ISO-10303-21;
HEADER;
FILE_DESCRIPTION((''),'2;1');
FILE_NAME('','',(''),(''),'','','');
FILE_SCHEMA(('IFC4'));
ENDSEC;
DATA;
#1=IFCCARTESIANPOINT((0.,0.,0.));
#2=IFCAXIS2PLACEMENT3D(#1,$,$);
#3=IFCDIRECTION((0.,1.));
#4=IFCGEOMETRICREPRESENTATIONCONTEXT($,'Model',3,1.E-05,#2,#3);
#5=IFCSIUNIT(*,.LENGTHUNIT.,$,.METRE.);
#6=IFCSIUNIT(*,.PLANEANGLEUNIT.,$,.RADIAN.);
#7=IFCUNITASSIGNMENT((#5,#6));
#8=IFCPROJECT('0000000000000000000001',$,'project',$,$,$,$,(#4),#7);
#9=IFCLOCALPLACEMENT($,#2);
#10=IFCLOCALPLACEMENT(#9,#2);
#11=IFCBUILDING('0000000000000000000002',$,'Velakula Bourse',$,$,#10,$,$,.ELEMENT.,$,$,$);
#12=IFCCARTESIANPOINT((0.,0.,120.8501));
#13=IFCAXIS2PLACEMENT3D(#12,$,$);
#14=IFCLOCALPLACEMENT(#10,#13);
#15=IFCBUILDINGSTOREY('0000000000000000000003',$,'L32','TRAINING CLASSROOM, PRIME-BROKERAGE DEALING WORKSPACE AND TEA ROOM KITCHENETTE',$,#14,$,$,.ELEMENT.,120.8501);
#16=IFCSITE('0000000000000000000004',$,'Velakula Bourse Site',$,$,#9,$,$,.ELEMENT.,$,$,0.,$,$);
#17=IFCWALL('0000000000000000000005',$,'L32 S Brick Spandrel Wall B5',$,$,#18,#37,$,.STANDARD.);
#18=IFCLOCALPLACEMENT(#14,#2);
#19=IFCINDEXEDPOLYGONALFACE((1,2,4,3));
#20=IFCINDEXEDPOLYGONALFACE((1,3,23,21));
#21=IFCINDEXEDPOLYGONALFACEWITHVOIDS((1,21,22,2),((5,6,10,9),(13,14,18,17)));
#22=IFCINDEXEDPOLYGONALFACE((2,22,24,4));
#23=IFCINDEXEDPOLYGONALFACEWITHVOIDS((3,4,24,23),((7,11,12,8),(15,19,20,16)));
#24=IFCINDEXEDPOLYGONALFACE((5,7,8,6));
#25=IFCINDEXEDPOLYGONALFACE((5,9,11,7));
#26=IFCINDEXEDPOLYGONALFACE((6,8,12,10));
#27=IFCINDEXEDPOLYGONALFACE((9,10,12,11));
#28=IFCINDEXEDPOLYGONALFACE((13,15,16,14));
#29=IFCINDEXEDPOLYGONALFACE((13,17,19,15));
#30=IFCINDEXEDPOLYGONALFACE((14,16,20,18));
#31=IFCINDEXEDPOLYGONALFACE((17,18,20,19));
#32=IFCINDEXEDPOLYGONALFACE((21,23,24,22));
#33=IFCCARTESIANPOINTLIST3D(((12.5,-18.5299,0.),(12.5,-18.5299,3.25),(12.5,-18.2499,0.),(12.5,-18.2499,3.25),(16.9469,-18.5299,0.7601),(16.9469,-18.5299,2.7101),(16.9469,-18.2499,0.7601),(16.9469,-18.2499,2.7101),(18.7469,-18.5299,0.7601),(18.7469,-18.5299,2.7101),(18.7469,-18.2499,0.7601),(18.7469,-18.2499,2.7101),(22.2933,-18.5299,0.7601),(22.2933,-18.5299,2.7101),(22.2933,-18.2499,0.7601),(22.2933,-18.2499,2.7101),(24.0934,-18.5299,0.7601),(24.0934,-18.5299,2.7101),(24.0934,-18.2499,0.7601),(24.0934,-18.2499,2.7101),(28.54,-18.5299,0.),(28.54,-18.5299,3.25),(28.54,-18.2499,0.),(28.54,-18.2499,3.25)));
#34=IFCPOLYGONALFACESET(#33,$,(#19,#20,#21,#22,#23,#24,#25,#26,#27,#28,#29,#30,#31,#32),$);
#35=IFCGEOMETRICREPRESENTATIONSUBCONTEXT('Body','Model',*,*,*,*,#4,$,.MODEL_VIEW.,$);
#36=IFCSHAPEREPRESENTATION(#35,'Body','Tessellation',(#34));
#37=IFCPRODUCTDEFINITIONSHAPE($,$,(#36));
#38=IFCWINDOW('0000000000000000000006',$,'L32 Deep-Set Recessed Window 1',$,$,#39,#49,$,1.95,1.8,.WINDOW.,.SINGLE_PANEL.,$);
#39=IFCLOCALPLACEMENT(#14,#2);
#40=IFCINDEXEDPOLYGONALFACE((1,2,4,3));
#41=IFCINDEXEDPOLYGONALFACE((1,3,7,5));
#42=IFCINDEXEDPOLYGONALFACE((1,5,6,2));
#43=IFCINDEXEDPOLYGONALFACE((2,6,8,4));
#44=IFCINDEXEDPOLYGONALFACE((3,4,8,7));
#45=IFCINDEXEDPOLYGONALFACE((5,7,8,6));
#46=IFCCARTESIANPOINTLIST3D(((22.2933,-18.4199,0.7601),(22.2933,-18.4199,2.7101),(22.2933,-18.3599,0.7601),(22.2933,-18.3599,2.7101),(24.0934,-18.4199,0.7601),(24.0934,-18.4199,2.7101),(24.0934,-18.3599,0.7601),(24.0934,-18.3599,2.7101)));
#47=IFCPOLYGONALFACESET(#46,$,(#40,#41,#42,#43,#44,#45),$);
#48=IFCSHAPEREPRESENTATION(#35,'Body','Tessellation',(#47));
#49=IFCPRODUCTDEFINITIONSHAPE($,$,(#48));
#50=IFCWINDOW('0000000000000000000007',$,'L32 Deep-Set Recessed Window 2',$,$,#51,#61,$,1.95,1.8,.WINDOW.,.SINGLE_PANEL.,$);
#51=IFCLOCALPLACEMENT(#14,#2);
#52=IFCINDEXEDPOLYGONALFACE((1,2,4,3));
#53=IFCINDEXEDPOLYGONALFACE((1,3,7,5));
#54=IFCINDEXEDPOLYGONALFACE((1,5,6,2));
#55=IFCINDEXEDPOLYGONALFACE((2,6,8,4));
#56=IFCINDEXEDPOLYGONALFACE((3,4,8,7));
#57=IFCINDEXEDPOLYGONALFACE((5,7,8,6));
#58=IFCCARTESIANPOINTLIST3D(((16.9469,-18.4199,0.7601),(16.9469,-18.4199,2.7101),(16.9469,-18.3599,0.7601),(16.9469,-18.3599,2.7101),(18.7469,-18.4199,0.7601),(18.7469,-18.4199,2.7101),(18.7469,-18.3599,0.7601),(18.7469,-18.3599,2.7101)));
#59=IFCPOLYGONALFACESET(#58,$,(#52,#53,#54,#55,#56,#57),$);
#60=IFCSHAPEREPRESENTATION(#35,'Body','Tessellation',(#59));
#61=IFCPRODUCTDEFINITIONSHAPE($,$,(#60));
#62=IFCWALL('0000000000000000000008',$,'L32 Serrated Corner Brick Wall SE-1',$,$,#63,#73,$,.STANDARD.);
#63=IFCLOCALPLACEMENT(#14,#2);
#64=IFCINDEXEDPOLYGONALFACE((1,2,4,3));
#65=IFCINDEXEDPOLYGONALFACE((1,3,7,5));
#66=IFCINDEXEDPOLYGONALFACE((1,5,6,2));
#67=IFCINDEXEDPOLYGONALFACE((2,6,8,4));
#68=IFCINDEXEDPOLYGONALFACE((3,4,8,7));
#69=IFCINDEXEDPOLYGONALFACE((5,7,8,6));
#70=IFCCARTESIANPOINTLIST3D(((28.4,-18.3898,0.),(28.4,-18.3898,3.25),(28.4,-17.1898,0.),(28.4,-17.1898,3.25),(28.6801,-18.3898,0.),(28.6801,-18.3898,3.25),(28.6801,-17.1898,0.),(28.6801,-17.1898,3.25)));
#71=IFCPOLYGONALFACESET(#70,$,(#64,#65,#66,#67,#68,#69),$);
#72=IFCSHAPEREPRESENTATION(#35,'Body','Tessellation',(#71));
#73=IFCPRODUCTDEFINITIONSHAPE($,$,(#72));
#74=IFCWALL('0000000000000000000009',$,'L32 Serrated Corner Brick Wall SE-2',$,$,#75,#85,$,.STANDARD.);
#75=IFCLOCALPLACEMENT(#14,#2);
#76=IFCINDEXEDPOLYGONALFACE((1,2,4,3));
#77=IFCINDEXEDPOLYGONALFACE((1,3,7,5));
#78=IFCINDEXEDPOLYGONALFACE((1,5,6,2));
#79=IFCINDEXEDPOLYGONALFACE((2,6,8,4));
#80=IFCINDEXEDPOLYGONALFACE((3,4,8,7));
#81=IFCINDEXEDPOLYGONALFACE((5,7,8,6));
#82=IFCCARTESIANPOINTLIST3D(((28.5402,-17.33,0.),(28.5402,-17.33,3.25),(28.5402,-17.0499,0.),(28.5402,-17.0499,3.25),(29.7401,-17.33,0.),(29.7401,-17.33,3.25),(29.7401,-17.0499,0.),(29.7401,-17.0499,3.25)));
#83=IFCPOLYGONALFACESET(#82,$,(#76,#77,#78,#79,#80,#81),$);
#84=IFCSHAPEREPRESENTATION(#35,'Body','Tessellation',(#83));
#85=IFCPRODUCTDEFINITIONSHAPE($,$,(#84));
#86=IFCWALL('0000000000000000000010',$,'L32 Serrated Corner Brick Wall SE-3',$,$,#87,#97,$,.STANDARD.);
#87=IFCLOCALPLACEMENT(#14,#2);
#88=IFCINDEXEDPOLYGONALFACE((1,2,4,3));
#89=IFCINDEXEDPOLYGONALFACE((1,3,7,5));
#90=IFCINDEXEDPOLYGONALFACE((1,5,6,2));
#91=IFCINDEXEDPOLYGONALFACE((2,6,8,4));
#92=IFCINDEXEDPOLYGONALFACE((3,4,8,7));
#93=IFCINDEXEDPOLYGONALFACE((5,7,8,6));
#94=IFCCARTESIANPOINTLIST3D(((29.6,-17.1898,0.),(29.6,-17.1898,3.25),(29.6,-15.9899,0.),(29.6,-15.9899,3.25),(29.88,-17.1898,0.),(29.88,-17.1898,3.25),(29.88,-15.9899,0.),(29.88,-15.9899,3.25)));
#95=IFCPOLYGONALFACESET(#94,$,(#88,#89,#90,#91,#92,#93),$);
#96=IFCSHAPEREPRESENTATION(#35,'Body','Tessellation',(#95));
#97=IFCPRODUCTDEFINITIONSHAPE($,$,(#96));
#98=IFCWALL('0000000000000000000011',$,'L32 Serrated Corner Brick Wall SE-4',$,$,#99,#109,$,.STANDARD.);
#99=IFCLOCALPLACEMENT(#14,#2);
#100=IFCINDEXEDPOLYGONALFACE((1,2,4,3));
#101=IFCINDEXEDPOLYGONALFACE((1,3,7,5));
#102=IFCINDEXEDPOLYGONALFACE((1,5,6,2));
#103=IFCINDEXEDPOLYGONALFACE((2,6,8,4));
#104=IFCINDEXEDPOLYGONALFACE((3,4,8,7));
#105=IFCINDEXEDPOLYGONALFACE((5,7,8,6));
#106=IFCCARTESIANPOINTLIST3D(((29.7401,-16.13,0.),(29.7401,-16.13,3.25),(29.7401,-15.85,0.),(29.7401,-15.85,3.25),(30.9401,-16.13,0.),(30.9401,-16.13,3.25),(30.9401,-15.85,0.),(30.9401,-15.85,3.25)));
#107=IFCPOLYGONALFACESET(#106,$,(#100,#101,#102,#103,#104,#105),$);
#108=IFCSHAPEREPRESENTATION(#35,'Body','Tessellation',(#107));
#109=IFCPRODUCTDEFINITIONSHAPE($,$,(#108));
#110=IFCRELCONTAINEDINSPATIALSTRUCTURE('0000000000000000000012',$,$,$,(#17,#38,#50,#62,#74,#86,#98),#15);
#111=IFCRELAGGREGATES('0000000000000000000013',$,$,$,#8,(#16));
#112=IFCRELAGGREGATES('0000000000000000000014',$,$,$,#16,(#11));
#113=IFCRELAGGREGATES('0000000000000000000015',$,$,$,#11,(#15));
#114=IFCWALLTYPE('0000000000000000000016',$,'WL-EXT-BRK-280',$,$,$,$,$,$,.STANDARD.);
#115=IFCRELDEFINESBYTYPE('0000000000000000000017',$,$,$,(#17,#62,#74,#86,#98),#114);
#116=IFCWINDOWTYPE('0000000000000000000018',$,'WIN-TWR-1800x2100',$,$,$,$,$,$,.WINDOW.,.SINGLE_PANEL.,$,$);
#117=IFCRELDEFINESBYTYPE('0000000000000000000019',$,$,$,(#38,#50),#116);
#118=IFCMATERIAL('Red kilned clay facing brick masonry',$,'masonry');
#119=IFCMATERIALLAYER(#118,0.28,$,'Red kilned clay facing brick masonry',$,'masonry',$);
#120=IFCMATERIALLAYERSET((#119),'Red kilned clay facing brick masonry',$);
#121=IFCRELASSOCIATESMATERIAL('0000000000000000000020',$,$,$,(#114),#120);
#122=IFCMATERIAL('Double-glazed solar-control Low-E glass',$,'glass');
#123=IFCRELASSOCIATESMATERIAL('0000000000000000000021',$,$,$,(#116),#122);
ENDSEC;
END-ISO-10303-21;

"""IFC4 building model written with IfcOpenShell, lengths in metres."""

from ifc_helpers import new_model, si_unit, direction, frame, frame_2d, origin, place, context, subcontext, project, spatial, rectangle, extrude, material, layer, layer_set, type_object, element, fill, save


model = new_model("IFC4")

# Units and contexts
model_context = context("Model", 3, precision=1e-05, world=origin(), true_north=direction((0.0, 1.0)))
body_context = subcontext(model_context, "Body", "Model", "MODEL_VIEW")
ifc_project = project(units=[si_unit("LENGTHUNIT", "METRE"), si_unit("PLANEANGLEUNIT", "RADIAN")], contexts=[model_context])

# Site, building, storey
site_placement = place(None, origin())
site = spatial("IfcSite", under=ifc_project, at=site_placement, Name="Velakula Bourse Site", CompositionType="ELEMENT", RefElevation=0.0)
building_placement = place(site_placement, origin())
building = spatial("IfcBuilding", under=site, at=building_placement, Name="Velakula Bourse", CompositionType="ELEMENT")
storey_placement = place(building_placement, frame((0.0, 0.0, 120.8501)))
storey = spatial("IfcBuildingStorey", under=building, at=storey_placement, Name="L32", Description="TRAINING CLASSROOM, PRIME-BROKERAGE DEALING WORKSPACE AND TEA ROOM KITCHENETTE", CompositionType="ELEMENT", Elevation=120.8501)

# Wall, openings, windows
ifc_material_1 = material(Name="Red kilned clay facing brick masonry", Category="masonry")
ifc_layer = layer(ifc_material_1, 0.28, Name="Red kilned clay facing brick masonry", Category="masonry")
ifc_layer_set = layer_set([ifc_layer], Name="Red kilned clay facing brick masonry")
wall_type = type_object("IfcWallType", Name="WL-EXT-BRK-280", PredefinedType="STANDARD", material=ifc_layer_set)
wall_placement = place(storey_placement, frame((28.54, -18.3899, 0.0), z_axis=(0.0, 0.0, 1.0), x_axis=(-1.0, 0.0, 0.0)))
wall = element("IfcWall", 1, at=wall_placement, inside=storey, type_object=wall_type, Name="L32 S Brick Spandrel Wall B5", PredefinedType="STANDARD", context=body_context, shape_type="SweptSolid", body=[
    extrude(rectangle(XDim=16.04, YDim=0.28, at=frame_2d((8.02, 0.0))), origin(), (0.0, 0.0, 1.0), 3.25),
])
opening_1_placement = place(wall_placement, frame((4.4468, 0.0, 0.76)))
opening_1 = element("IfcOpeningElement", 2, at=opening_1_placement, cuts=wall, PredefinedType="OPENING", context=body_context, shape_type="SweptSolid", body=[
    extrude(rectangle(XDim=1.8, YDim=1.95, at=frame_2d((0.8999, 0.9751))), frame((0.0, 0.1499, 0.0), z_axis=(0.0, -1.0, 0.0), x_axis=(1.0, 0.0, 0.0)), (0.0, 0.0, 1.0), 0.3),
])
opening_2_placement = place(wall_placement, frame((9.7932, 0.0, 0.76)))
opening_2 = element("IfcOpeningElement", 3, at=opening_2_placement, cuts=wall, PredefinedType="OPENING", context=body_context, shape_type="SweptSolid", body=[
    extrude(rectangle(XDim=1.8, YDim=1.95, at=frame_2d((0.8999, 0.9751))), frame((0.0, 0.1499, 0.0), z_axis=(0.0, -1.0, 0.0), x_axis=(1.0, 0.0, 0.0)), (0.0, 0.0, 1.0), 0.3),
])
ifc_material_2 = material(Name="Double-glazed solar-control Low-E glass", Category="glass")
window_type = type_object("IfcWindowType", Name="WIN-TWR-1800x2100", PartitioningType="SINGLE_PANEL", PredefinedType="WINDOW", material=ifc_material_2)
window_1_placement = place(opening_1_placement, origin())
window_1 = element("IfcWindow", 4, at=window_1_placement, inside=storey, type_object=window_type, Name="L32 Deep-Set Recessed Window 1", OverallHeight=1.95, OverallWidth=1.8, PartitioningType="SINGLE_PANEL", PredefinedType="WINDOW", context=body_context, shape_type="SweptSolid", body=[
    extrude(rectangle(XDim=1.8, YDim=1.95, at=frame_2d((0.8999, 0.9751))), frame((0.0, 0.03, 0.0), z_axis=(0.0, -1.0, 0.0), x_axis=(1.0, 0.0, 0.0)), (0.0, 0.0, 1.0), 0.0601),
])
fill(opening_1, window_1)
window_2_placement = place(opening_2_placement, origin())
window_2 = element("IfcWindow", 5, at=window_2_placement, inside=storey, type_object=window_type, Name="L32 Deep-Set Recessed Window 2", OverallHeight=1.95, OverallWidth=1.8, PartitioningType="SINGLE_PANEL", PredefinedType="WINDOW", context=body_context, shape_type="SweptSolid", body=[
    extrude(rectangle(XDim=1.8, YDim=1.95, at=frame_2d((0.8999, 0.9751))), frame((0.0, 0.03, 0.0), z_axis=(0.0, -1.0, 0.0), x_axis=(1.0, 0.0, 0.0)), (0.0, 0.0, 1.0), 0.0601),
])
fill(opening_2, window_2)

# Walls
for number, where, z_axis, x_axis, name in (
    (6, (28.54, -18.3899, 0.0), (0.0, 0.0, 1.0), (0.0, 1.0, 0.0), "L32 Serrated Corner Brick Wall SE-1"),
    (7, (28.54, -17.1899, 0.0), (0.0, 0.0, 1.0), (1.0, 0.0, 0.0), "L32 Serrated Corner Brick Wall SE-2"),
    (8, (29.74, -17.1899, 0.0), (0.0, 0.0, 1.0), (0.0, 1.0, 0.0), "L32 Serrated Corner Brick Wall SE-3"),
    (9, (29.74, -15.99, 0.0), (0.0, 0.0, 1.0), (1.0, 0.0, 0.0), "L32 Serrated Corner Brick Wall SE-4"),
):
    element("IfcWall", number, at=place(storey_placement, frame(where, z_axis=z_axis, x_axis=x_axis)), inside=storey, type_object=wall_type, Name=name, PredefinedType="STANDARD", context=body_context, shape_type="SweptSolid", body=[
        extrude(rectangle(XDim=1.2, YDim=0.28, at=frame_2d((0.6001, 0.0))), origin(), (0.0, 0.0, 1.0), 3.25),
    ])

save(model, "model.ifc")
